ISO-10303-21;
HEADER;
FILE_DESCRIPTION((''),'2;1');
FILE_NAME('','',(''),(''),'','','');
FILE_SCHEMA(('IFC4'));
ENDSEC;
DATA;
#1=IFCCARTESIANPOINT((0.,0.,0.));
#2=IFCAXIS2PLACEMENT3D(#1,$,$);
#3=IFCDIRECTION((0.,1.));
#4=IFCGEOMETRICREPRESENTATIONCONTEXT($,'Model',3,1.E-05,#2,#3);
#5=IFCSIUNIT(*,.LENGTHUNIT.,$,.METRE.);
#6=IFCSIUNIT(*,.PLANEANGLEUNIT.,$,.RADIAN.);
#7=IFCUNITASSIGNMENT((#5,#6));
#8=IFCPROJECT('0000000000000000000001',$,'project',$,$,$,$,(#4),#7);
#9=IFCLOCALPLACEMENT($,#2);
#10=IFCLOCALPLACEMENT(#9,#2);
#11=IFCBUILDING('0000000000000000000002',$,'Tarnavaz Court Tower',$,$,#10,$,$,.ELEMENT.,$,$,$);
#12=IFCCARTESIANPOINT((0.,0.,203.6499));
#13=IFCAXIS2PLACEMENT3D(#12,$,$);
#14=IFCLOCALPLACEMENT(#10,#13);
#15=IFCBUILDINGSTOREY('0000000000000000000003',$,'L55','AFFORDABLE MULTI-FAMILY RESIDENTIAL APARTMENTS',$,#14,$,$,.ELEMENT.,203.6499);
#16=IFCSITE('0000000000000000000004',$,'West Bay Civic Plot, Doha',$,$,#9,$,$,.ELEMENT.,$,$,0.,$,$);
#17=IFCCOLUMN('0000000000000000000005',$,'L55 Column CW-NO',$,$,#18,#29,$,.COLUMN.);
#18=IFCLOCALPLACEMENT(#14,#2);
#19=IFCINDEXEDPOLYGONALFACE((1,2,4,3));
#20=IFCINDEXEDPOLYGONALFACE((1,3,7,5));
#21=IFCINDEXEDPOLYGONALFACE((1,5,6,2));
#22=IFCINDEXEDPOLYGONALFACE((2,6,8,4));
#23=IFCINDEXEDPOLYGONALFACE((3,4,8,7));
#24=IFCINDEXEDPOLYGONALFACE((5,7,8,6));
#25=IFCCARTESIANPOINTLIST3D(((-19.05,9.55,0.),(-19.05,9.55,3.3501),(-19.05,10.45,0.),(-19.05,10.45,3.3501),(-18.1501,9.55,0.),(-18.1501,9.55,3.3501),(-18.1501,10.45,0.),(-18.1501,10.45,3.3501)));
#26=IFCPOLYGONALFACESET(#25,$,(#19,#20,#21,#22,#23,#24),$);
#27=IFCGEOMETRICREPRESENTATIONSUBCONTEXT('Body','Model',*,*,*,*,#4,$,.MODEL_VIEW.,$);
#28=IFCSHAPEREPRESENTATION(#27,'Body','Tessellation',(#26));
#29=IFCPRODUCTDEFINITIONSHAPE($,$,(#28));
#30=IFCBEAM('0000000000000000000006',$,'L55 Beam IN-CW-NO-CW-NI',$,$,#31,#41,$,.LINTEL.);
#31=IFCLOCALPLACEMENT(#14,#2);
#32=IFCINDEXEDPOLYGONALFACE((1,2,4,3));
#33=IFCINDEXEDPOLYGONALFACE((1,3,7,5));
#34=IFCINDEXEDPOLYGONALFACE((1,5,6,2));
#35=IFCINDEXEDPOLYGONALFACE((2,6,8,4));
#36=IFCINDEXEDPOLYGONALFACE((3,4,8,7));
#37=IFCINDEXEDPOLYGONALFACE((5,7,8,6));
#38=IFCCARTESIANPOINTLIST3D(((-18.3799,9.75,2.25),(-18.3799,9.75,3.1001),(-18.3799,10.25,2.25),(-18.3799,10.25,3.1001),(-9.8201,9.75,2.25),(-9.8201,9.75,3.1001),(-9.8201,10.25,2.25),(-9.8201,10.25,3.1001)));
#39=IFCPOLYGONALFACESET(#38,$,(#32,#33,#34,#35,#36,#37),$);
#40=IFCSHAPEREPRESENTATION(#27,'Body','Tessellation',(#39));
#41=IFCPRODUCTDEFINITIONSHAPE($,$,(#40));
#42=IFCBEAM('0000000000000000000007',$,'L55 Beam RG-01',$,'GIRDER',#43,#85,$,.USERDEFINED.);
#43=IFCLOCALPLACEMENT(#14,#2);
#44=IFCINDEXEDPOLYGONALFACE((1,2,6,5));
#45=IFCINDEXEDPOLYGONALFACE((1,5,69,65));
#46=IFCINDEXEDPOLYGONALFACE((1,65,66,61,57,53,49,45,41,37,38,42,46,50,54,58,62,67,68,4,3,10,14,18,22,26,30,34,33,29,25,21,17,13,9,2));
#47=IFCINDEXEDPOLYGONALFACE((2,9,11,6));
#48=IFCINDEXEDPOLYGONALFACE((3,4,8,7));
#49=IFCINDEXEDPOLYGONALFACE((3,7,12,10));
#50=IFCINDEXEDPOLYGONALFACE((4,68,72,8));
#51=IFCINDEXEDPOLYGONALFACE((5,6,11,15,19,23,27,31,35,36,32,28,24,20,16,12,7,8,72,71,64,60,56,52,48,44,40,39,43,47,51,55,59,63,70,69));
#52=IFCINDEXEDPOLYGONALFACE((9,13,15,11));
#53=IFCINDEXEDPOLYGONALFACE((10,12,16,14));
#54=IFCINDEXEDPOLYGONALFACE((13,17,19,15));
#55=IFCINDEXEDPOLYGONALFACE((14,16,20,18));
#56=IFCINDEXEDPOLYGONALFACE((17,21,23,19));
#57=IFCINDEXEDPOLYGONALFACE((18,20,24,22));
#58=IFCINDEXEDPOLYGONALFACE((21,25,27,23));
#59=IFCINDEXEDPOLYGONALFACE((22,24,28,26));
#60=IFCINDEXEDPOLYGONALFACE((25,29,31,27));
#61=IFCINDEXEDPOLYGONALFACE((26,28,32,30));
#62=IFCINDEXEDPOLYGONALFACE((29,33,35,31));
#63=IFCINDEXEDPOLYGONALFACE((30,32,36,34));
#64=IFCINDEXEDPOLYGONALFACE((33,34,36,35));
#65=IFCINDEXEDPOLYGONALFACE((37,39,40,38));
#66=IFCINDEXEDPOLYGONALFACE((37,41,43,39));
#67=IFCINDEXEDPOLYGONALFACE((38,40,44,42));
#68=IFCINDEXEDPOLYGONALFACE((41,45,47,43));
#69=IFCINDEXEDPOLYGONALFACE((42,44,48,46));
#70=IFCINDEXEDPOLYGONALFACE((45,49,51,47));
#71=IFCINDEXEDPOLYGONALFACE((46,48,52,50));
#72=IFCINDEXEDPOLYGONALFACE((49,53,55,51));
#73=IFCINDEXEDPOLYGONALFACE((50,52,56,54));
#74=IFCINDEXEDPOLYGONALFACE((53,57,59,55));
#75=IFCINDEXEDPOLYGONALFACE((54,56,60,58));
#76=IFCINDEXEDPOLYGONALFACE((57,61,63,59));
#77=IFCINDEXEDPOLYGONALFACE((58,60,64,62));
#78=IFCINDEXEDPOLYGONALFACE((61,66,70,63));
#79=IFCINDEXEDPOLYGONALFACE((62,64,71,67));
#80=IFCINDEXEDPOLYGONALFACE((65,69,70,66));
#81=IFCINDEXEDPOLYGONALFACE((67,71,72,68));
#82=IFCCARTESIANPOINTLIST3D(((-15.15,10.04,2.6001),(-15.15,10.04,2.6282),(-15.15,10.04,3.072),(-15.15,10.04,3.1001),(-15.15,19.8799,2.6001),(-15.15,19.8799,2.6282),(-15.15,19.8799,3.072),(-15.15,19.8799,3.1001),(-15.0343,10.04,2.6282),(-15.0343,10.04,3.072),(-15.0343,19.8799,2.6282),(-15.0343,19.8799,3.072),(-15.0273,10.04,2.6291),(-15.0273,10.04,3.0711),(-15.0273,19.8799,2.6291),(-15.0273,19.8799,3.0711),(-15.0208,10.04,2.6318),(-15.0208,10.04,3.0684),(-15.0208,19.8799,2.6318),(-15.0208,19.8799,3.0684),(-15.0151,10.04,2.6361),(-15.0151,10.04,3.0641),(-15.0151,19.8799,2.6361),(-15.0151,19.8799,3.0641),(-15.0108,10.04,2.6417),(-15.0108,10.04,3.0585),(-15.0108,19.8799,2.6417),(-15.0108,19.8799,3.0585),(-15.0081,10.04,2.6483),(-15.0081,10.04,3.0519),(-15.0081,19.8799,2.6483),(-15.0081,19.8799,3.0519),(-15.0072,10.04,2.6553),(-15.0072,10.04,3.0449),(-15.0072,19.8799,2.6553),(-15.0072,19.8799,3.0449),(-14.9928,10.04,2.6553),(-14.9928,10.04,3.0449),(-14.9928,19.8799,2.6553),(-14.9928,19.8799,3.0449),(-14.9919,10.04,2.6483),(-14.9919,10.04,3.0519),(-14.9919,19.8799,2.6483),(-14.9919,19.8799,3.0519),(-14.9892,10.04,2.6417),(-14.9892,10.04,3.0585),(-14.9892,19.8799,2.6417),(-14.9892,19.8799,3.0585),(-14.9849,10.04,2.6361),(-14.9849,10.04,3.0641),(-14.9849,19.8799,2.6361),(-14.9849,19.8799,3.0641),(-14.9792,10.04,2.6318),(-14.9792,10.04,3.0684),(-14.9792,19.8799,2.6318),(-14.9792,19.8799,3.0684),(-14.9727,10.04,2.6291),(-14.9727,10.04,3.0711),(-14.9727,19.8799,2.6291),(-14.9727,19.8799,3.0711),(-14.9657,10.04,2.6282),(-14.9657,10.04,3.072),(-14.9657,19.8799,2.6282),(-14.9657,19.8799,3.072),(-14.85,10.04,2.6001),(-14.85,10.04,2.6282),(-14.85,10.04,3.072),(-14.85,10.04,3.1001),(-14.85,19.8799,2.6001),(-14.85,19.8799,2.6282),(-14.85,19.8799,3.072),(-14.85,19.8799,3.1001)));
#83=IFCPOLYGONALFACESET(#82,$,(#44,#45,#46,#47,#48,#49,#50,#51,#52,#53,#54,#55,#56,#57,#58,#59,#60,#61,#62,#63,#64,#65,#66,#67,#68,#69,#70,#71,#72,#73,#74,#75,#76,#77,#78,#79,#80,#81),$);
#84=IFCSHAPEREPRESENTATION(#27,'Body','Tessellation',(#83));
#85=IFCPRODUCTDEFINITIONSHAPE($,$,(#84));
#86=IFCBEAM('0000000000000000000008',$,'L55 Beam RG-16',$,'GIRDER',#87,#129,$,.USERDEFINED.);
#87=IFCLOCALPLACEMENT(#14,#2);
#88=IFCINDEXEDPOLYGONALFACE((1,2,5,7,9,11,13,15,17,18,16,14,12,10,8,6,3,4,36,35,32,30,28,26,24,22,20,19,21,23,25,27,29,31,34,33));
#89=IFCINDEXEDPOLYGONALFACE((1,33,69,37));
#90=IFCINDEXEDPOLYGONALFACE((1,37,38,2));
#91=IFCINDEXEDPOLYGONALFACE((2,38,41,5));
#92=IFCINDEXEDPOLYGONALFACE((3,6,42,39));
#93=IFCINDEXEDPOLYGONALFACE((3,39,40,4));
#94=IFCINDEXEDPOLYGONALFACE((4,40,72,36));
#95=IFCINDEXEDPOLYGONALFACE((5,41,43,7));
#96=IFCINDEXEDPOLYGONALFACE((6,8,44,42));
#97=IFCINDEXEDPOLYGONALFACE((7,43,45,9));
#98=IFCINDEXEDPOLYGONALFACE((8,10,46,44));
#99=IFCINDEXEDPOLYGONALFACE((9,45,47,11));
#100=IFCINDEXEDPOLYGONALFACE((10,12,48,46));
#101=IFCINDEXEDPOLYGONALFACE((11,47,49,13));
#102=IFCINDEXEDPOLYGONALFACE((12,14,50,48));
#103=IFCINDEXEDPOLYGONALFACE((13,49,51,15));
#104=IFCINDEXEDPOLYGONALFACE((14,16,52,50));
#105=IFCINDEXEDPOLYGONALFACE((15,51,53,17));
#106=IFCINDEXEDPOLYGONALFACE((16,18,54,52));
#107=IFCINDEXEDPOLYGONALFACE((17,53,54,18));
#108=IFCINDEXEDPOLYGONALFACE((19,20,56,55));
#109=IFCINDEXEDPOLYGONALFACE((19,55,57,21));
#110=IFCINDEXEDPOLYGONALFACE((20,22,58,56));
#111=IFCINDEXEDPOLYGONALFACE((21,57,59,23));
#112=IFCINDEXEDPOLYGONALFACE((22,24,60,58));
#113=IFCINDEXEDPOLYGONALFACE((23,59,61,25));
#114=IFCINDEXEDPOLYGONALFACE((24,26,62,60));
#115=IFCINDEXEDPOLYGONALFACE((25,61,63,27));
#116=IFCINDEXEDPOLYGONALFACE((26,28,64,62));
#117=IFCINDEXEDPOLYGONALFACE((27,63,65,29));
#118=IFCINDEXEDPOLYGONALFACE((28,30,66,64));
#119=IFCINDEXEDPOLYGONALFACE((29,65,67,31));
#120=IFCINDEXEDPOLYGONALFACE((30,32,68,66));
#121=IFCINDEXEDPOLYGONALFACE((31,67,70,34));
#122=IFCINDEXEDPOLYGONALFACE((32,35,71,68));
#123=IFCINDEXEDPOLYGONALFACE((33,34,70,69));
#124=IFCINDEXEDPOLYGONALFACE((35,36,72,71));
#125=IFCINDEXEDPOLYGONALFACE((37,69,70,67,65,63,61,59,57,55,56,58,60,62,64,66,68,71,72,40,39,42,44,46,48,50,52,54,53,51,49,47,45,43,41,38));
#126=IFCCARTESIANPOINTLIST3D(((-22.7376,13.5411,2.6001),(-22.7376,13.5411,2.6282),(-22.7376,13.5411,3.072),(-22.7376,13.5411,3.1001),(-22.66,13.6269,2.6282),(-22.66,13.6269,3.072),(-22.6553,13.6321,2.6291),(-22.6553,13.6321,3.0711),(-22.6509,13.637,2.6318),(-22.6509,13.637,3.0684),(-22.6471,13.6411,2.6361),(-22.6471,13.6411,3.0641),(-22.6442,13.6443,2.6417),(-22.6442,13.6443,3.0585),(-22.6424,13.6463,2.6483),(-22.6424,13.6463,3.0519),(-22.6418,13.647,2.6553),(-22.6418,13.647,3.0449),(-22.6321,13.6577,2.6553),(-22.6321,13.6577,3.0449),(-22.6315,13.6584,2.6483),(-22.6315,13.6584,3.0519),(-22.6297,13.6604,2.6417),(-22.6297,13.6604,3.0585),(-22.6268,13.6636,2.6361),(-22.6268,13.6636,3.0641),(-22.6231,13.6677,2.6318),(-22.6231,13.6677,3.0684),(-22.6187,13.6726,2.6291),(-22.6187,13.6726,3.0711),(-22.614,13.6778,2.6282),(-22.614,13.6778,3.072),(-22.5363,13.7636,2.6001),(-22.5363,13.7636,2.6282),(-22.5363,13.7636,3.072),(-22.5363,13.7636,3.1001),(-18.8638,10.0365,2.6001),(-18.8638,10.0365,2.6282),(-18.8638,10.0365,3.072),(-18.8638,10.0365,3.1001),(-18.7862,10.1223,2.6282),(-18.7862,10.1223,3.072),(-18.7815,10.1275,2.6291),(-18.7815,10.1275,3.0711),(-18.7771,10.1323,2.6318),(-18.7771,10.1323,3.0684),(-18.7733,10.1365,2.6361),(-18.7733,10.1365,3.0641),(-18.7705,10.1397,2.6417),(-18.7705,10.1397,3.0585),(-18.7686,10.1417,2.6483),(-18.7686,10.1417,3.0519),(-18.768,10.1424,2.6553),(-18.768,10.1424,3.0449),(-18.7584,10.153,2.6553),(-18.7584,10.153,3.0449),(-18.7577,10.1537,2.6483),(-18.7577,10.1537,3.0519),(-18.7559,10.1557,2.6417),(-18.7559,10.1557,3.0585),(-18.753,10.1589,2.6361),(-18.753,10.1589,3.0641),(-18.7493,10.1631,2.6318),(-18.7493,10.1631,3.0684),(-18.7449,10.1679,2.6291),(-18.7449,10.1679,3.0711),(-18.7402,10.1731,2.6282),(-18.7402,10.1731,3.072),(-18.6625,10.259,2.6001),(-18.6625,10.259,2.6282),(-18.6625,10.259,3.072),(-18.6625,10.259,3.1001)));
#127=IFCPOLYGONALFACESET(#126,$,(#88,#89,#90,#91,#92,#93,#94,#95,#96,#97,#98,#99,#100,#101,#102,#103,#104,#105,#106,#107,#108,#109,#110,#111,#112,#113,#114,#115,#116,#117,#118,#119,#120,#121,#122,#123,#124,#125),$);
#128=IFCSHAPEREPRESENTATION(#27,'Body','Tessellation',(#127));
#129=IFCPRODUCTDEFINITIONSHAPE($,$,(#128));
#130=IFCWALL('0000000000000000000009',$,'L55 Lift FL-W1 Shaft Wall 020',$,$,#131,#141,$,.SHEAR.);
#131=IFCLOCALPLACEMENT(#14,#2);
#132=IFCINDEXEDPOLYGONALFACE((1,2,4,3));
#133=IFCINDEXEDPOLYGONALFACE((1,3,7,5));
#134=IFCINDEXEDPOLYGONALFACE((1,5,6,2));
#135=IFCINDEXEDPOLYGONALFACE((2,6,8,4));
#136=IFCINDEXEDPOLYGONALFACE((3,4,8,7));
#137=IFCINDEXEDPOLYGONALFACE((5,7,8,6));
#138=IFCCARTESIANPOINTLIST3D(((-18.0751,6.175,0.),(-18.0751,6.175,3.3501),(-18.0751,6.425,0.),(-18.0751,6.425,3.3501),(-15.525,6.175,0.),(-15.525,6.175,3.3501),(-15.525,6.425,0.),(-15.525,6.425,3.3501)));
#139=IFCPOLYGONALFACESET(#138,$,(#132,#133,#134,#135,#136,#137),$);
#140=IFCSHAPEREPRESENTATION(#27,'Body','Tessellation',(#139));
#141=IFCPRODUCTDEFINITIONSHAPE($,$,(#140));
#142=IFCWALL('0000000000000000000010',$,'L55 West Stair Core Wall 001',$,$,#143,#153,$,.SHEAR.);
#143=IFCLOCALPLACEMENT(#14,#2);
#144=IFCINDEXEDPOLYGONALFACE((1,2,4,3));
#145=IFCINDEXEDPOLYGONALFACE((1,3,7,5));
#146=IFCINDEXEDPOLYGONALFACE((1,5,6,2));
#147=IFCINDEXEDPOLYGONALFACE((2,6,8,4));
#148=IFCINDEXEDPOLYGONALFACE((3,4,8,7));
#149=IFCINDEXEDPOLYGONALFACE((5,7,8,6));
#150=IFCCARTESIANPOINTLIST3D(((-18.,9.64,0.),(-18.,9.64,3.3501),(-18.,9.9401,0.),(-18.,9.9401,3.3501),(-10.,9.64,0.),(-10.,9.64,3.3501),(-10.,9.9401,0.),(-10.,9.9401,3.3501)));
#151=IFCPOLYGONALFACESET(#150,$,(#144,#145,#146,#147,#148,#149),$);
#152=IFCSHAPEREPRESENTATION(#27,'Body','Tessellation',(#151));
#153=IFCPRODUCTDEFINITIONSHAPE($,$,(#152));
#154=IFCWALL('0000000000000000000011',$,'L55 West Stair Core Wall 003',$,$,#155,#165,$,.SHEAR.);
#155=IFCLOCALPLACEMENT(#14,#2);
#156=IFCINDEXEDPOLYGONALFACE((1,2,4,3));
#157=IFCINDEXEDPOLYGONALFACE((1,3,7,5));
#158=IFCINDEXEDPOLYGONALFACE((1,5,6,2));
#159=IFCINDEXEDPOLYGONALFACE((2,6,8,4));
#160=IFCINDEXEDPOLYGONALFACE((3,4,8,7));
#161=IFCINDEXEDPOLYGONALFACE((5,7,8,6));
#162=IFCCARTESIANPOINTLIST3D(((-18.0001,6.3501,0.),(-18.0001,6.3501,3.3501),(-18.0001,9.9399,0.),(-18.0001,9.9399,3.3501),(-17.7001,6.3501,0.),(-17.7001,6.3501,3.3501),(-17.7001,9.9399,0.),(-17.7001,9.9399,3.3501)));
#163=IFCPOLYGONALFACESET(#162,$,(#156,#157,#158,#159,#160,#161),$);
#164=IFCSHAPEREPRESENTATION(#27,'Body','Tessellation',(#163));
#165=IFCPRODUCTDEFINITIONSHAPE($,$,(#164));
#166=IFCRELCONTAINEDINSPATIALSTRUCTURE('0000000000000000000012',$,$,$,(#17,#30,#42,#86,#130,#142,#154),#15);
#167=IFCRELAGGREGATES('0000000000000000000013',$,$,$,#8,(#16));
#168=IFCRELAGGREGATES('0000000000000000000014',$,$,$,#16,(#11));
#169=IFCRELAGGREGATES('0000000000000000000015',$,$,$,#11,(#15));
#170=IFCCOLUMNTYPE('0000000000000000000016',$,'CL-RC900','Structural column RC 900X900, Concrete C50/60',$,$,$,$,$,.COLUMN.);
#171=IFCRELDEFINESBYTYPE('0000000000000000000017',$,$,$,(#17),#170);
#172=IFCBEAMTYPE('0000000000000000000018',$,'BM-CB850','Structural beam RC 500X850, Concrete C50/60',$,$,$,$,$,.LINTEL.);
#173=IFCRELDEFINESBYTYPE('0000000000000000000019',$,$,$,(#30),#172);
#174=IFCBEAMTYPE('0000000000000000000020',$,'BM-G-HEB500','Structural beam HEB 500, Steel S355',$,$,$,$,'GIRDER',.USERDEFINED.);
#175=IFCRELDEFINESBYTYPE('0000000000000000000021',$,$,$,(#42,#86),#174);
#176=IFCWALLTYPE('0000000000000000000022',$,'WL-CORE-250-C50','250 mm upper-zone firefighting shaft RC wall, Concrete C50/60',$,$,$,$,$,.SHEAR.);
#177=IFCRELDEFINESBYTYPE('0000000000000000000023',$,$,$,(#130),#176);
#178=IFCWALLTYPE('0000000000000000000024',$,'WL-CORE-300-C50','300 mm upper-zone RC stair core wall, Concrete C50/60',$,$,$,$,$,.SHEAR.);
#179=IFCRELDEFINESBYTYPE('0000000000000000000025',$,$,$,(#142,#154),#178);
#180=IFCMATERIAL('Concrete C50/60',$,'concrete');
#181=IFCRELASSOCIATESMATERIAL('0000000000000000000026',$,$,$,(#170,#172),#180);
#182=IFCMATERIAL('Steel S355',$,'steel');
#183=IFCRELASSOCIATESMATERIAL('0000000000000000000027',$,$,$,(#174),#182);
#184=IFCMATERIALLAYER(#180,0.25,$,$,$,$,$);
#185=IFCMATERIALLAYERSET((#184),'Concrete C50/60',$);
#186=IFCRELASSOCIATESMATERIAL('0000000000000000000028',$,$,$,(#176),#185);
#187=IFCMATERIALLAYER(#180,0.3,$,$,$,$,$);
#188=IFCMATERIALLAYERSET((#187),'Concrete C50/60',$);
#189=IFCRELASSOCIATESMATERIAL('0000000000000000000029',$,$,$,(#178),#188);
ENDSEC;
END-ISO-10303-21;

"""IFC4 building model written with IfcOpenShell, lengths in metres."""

from ifc_helpers import new_model, si_unit, direction, frame, frame_2d, origin, origin_2d, place, context, subcontext, project, spatial, rectangle, i_section, extrude, material, layer, layer_set, material_profile, profile_set, type_object, element, save


model = new_model("IFC4")

# Units and contexts
model_context = context("Model", 3, precision=1e-05, world=origin(), true_north=direction((0.0, 1.0)))
body_context = subcontext(model_context, "Body", "Model", "MODEL_VIEW")
ifc_project = project(units=[si_unit("LENGTHUNIT", "METRE"), si_unit("PLANEANGLEUNIT", "RADIAN")], contexts=[model_context])

# Site, building, storey
site_placement = place(None, origin())
site = spatial("IfcSite", under=ifc_project, at=site_placement, Name="West Bay Civic Plot, Doha", CompositionType="ELEMENT", RefElevation=0.0)
building_placement = place(site_placement, origin())
building = spatial("IfcBuilding", under=site, at=building_placement, Name="Tarnavaz Court Tower", CompositionType="ELEMENT")
storey_placement = place(building_placement, frame((0.0, 0.0, 203.6499)))
storey = spatial("IfcBuildingStorey", under=building, at=storey_placement, Name="L55", Description="AFFORDABLE MULTI-FAMILY RESIDENTIAL APARTMENTS", CompositionType="ELEMENT", Elevation=203.6499)

# Column
ifc_material_1 = material(Name="Concrete C50/60", Category="concrete")
ifc_material_profile_1 = material_profile(ifc_material_1, rectangle(XDim=0.8999, YDim=0.8999, at=origin_2d()), Name="RC 900X900")
ifc_profile_set_1 = profile_set([ifc_material_profile_1], Name="Concrete C50/60")
column_type = type_object("IfcColumnType", Name="CL-RC900", Description="Structural column RC 900X900, Concrete C50/60", PredefinedType="COLUMN", material=ifc_profile_set_1)
column_placement = place(storey_placement, frame((-18.6001, 10.0, 0.0), z_axis=(0.0, 0.0, 1.0), x_axis=(1.0, 0.0, 0.0)))
element("IfcColumn", 1, at=column_placement, inside=storey, type_object=column_type, Name="L55 Column CW-NO", PredefinedType="COLUMN", context=body_context, shape_type="SweptSolid", body=[
    extrude(rectangle(XDim=0.8999, YDim=0.8999, at=origin_2d()), origin(), (0.0, 0.0, 1.0), 3.3501),
])

# Beams
ifc_material_profile_2 = material_profile(ifc_material_1, rectangle(XDim=0.5, YDim=0.8501, at=origin_2d()), Name="RC 500X850")
ifc_profile_set_2 = profile_set([ifc_material_profile_2], Name="Concrete C50/60")
beam_type_1 = type_object("IfcBeamType", Name="BM-CB850", Description="Structural beam RC 500X850, Concrete C50/60", PredefinedType="LINTEL", material=ifc_profile_set_2)
beam_1_placement = place(storey_placement, frame((-18.3799, 10.0, 2.675), z_axis=(1.0, 0.0, 0.0), x_axis=(0.0, 1.0, 0.0)))
element("IfcBeam", 2, at=beam_1_placement, inside=storey, type_object=beam_type_1, Name="L55 Beam IN-CW-NO-CW-NI", PredefinedType="LINTEL", context=body_context, shape_type="SweptSolid", body=[
    extrude(rectangle(XDim=0.5, YDim=0.8501, at=origin_2d()), origin(), (0.0, 0.0, 1.0), 8.5598),
])
ifc_material_2 = material(Name="Steel S355", Category="steel")
ifc_material_profile_3 = material_profile(ifc_material_2, i_section(OverallWidth=0.3, OverallDepth=0.5, WebThickness=0.0144, FlangeThickness=0.0281, FilletRadius=0.0271, at=origin_2d()), Name="HEB 500")
ifc_profile_set_3 = profile_set([ifc_material_profile_3], Name="Steel S355")
beam_type_2 = type_object("IfcBeamType", Name="BM-G-HEB500", Description="Structural beam HEB 500, Steel S355", ElementType="GIRDER", PredefinedType="USERDEFINED", material=ifc_profile_set_3)
beam_2_placement = place(storey_placement, frame((-15.0, 10.04, 2.8501), z_axis=(0.0, 1.0, 0.0), x_axis=(-1.0, 0.0, 0.0)))
element("IfcBeam", 3, at=beam_2_placement, inside=storey, type_object=beam_type_2, Name="L55 Beam RG-01", ObjectType="GIRDER", PredefinedType="USERDEFINED", context=body_context, shape_type="SweptSolid", body=[
    extrude(i_section(OverallWidth=0.3, OverallDepth=0.5, WebThickness=0.0144, FlangeThickness=0.0281, FilletRadius=0.0271, at=origin_2d()), origin(), (0.0, 0.0, 1.0), 9.8398),
])
beam_3_placement = place(storey_placement, frame((-18.7632, 10.1477, 2.8501), z_axis=(-0.741556, 0.670891, 0.0), x_axis=(-0.670891, -0.741556, 0.0)))
element("IfcBeam", 4, at=beam_3_placement, inside=storey, type_object=beam_type_2, Name="L55 Beam RG-16", ObjectType="GIRDER", PredefinedType="USERDEFINED", context=body_context, shape_type="SweptSolid", body=[
    extrude(i_section(OverallWidth=0.3, OverallDepth=0.5, WebThickness=0.0144, FlangeThickness=0.0281, FilletRadius=0.0271, at=origin_2d()), origin(), (0.0, 0.0, 1.0), 5.2239),
])

# Walls
ifc_layer_1 = layer(ifc_material_1, 0.25)
ifc_layer_set_1 = layer_set([ifc_layer_1], Name="Concrete C50/60")
wall_type_1 = type_object("IfcWallType", Name="WL-CORE-250-C50", Description="250 mm upper-zone firefighting shaft RC wall, Concrete C50/60", PredefinedType="SHEAR", material=ifc_layer_set_1)
wall_1_placement = place(storey_placement, frame((-18.075, 6.3, 0.0), z_axis=(0.0, 0.0, 1.0), x_axis=(1.0, 0.0, 0.0)))
element("IfcWall", 5, at=wall_1_placement, inside=storey, type_object=wall_type_1, Name="L55 Lift FL-W1 Shaft Wall 020", PredefinedType="SHEAR", context=body_context, shape_type="SweptSolid", body=[
    extrude(rectangle(XDim=2.55, YDim=0.25, at=frame_2d((1.2749, 0.0))), origin(), (0.0, 0.0, 1.0), 3.3501),
])
ifc_layer_2 = layer(ifc_material_1, 0.3)
ifc_layer_set_2 = layer_set([ifc_layer_2], Name="Concrete C50/60")
wall_type_2 = type_object("IfcWallType", Name="WL-CORE-300-C50", Description="300 mm upper-zone RC stair core wall, Concrete C50/60", PredefinedType="SHEAR", material=ifc_layer_set_2)
wall_2_placement = place(storey_placement, frame((-18.0, 9.79, 0.0), z_axis=(0.0, 0.0, 1.0), x_axis=(1.0, 0.0, 0.0)))
element("IfcWall", 6, at=wall_2_placement, inside=storey, type_object=wall_type_2, Name="L55 West Stair Core Wall 001", PredefinedType="SHEAR", context=body_context, shape_type="SweptSolid", body=[
    extrude(rectangle(XDim=8.0, YDim=0.3, at=frame_2d((4.0, 0.0))), origin(), (0.0, 0.0, 1.0), 3.3501),
])

# Wall
wall_3_placement = place(storey_placement, frame((-17.8501, 6.3501, 0.0), z_axis=(0.0, 0.0, 1.0), x_axis=(0.0, 1.0, 0.0)))
element("IfcWall", 7, at=wall_3_placement, inside=storey, type_object=wall_type_2, Name="L55 West Stair Core Wall 003", PredefinedType="SHEAR", context=body_context, shape_type="SweptSolid", body=[
    extrude(rectangle(XDim=3.5898, YDim=0.3, at=frame_2d((1.7949, 0.0))), origin(), (0.0, 0.0, 1.0), 3.3501),
])

save(model, "model.ifc")
